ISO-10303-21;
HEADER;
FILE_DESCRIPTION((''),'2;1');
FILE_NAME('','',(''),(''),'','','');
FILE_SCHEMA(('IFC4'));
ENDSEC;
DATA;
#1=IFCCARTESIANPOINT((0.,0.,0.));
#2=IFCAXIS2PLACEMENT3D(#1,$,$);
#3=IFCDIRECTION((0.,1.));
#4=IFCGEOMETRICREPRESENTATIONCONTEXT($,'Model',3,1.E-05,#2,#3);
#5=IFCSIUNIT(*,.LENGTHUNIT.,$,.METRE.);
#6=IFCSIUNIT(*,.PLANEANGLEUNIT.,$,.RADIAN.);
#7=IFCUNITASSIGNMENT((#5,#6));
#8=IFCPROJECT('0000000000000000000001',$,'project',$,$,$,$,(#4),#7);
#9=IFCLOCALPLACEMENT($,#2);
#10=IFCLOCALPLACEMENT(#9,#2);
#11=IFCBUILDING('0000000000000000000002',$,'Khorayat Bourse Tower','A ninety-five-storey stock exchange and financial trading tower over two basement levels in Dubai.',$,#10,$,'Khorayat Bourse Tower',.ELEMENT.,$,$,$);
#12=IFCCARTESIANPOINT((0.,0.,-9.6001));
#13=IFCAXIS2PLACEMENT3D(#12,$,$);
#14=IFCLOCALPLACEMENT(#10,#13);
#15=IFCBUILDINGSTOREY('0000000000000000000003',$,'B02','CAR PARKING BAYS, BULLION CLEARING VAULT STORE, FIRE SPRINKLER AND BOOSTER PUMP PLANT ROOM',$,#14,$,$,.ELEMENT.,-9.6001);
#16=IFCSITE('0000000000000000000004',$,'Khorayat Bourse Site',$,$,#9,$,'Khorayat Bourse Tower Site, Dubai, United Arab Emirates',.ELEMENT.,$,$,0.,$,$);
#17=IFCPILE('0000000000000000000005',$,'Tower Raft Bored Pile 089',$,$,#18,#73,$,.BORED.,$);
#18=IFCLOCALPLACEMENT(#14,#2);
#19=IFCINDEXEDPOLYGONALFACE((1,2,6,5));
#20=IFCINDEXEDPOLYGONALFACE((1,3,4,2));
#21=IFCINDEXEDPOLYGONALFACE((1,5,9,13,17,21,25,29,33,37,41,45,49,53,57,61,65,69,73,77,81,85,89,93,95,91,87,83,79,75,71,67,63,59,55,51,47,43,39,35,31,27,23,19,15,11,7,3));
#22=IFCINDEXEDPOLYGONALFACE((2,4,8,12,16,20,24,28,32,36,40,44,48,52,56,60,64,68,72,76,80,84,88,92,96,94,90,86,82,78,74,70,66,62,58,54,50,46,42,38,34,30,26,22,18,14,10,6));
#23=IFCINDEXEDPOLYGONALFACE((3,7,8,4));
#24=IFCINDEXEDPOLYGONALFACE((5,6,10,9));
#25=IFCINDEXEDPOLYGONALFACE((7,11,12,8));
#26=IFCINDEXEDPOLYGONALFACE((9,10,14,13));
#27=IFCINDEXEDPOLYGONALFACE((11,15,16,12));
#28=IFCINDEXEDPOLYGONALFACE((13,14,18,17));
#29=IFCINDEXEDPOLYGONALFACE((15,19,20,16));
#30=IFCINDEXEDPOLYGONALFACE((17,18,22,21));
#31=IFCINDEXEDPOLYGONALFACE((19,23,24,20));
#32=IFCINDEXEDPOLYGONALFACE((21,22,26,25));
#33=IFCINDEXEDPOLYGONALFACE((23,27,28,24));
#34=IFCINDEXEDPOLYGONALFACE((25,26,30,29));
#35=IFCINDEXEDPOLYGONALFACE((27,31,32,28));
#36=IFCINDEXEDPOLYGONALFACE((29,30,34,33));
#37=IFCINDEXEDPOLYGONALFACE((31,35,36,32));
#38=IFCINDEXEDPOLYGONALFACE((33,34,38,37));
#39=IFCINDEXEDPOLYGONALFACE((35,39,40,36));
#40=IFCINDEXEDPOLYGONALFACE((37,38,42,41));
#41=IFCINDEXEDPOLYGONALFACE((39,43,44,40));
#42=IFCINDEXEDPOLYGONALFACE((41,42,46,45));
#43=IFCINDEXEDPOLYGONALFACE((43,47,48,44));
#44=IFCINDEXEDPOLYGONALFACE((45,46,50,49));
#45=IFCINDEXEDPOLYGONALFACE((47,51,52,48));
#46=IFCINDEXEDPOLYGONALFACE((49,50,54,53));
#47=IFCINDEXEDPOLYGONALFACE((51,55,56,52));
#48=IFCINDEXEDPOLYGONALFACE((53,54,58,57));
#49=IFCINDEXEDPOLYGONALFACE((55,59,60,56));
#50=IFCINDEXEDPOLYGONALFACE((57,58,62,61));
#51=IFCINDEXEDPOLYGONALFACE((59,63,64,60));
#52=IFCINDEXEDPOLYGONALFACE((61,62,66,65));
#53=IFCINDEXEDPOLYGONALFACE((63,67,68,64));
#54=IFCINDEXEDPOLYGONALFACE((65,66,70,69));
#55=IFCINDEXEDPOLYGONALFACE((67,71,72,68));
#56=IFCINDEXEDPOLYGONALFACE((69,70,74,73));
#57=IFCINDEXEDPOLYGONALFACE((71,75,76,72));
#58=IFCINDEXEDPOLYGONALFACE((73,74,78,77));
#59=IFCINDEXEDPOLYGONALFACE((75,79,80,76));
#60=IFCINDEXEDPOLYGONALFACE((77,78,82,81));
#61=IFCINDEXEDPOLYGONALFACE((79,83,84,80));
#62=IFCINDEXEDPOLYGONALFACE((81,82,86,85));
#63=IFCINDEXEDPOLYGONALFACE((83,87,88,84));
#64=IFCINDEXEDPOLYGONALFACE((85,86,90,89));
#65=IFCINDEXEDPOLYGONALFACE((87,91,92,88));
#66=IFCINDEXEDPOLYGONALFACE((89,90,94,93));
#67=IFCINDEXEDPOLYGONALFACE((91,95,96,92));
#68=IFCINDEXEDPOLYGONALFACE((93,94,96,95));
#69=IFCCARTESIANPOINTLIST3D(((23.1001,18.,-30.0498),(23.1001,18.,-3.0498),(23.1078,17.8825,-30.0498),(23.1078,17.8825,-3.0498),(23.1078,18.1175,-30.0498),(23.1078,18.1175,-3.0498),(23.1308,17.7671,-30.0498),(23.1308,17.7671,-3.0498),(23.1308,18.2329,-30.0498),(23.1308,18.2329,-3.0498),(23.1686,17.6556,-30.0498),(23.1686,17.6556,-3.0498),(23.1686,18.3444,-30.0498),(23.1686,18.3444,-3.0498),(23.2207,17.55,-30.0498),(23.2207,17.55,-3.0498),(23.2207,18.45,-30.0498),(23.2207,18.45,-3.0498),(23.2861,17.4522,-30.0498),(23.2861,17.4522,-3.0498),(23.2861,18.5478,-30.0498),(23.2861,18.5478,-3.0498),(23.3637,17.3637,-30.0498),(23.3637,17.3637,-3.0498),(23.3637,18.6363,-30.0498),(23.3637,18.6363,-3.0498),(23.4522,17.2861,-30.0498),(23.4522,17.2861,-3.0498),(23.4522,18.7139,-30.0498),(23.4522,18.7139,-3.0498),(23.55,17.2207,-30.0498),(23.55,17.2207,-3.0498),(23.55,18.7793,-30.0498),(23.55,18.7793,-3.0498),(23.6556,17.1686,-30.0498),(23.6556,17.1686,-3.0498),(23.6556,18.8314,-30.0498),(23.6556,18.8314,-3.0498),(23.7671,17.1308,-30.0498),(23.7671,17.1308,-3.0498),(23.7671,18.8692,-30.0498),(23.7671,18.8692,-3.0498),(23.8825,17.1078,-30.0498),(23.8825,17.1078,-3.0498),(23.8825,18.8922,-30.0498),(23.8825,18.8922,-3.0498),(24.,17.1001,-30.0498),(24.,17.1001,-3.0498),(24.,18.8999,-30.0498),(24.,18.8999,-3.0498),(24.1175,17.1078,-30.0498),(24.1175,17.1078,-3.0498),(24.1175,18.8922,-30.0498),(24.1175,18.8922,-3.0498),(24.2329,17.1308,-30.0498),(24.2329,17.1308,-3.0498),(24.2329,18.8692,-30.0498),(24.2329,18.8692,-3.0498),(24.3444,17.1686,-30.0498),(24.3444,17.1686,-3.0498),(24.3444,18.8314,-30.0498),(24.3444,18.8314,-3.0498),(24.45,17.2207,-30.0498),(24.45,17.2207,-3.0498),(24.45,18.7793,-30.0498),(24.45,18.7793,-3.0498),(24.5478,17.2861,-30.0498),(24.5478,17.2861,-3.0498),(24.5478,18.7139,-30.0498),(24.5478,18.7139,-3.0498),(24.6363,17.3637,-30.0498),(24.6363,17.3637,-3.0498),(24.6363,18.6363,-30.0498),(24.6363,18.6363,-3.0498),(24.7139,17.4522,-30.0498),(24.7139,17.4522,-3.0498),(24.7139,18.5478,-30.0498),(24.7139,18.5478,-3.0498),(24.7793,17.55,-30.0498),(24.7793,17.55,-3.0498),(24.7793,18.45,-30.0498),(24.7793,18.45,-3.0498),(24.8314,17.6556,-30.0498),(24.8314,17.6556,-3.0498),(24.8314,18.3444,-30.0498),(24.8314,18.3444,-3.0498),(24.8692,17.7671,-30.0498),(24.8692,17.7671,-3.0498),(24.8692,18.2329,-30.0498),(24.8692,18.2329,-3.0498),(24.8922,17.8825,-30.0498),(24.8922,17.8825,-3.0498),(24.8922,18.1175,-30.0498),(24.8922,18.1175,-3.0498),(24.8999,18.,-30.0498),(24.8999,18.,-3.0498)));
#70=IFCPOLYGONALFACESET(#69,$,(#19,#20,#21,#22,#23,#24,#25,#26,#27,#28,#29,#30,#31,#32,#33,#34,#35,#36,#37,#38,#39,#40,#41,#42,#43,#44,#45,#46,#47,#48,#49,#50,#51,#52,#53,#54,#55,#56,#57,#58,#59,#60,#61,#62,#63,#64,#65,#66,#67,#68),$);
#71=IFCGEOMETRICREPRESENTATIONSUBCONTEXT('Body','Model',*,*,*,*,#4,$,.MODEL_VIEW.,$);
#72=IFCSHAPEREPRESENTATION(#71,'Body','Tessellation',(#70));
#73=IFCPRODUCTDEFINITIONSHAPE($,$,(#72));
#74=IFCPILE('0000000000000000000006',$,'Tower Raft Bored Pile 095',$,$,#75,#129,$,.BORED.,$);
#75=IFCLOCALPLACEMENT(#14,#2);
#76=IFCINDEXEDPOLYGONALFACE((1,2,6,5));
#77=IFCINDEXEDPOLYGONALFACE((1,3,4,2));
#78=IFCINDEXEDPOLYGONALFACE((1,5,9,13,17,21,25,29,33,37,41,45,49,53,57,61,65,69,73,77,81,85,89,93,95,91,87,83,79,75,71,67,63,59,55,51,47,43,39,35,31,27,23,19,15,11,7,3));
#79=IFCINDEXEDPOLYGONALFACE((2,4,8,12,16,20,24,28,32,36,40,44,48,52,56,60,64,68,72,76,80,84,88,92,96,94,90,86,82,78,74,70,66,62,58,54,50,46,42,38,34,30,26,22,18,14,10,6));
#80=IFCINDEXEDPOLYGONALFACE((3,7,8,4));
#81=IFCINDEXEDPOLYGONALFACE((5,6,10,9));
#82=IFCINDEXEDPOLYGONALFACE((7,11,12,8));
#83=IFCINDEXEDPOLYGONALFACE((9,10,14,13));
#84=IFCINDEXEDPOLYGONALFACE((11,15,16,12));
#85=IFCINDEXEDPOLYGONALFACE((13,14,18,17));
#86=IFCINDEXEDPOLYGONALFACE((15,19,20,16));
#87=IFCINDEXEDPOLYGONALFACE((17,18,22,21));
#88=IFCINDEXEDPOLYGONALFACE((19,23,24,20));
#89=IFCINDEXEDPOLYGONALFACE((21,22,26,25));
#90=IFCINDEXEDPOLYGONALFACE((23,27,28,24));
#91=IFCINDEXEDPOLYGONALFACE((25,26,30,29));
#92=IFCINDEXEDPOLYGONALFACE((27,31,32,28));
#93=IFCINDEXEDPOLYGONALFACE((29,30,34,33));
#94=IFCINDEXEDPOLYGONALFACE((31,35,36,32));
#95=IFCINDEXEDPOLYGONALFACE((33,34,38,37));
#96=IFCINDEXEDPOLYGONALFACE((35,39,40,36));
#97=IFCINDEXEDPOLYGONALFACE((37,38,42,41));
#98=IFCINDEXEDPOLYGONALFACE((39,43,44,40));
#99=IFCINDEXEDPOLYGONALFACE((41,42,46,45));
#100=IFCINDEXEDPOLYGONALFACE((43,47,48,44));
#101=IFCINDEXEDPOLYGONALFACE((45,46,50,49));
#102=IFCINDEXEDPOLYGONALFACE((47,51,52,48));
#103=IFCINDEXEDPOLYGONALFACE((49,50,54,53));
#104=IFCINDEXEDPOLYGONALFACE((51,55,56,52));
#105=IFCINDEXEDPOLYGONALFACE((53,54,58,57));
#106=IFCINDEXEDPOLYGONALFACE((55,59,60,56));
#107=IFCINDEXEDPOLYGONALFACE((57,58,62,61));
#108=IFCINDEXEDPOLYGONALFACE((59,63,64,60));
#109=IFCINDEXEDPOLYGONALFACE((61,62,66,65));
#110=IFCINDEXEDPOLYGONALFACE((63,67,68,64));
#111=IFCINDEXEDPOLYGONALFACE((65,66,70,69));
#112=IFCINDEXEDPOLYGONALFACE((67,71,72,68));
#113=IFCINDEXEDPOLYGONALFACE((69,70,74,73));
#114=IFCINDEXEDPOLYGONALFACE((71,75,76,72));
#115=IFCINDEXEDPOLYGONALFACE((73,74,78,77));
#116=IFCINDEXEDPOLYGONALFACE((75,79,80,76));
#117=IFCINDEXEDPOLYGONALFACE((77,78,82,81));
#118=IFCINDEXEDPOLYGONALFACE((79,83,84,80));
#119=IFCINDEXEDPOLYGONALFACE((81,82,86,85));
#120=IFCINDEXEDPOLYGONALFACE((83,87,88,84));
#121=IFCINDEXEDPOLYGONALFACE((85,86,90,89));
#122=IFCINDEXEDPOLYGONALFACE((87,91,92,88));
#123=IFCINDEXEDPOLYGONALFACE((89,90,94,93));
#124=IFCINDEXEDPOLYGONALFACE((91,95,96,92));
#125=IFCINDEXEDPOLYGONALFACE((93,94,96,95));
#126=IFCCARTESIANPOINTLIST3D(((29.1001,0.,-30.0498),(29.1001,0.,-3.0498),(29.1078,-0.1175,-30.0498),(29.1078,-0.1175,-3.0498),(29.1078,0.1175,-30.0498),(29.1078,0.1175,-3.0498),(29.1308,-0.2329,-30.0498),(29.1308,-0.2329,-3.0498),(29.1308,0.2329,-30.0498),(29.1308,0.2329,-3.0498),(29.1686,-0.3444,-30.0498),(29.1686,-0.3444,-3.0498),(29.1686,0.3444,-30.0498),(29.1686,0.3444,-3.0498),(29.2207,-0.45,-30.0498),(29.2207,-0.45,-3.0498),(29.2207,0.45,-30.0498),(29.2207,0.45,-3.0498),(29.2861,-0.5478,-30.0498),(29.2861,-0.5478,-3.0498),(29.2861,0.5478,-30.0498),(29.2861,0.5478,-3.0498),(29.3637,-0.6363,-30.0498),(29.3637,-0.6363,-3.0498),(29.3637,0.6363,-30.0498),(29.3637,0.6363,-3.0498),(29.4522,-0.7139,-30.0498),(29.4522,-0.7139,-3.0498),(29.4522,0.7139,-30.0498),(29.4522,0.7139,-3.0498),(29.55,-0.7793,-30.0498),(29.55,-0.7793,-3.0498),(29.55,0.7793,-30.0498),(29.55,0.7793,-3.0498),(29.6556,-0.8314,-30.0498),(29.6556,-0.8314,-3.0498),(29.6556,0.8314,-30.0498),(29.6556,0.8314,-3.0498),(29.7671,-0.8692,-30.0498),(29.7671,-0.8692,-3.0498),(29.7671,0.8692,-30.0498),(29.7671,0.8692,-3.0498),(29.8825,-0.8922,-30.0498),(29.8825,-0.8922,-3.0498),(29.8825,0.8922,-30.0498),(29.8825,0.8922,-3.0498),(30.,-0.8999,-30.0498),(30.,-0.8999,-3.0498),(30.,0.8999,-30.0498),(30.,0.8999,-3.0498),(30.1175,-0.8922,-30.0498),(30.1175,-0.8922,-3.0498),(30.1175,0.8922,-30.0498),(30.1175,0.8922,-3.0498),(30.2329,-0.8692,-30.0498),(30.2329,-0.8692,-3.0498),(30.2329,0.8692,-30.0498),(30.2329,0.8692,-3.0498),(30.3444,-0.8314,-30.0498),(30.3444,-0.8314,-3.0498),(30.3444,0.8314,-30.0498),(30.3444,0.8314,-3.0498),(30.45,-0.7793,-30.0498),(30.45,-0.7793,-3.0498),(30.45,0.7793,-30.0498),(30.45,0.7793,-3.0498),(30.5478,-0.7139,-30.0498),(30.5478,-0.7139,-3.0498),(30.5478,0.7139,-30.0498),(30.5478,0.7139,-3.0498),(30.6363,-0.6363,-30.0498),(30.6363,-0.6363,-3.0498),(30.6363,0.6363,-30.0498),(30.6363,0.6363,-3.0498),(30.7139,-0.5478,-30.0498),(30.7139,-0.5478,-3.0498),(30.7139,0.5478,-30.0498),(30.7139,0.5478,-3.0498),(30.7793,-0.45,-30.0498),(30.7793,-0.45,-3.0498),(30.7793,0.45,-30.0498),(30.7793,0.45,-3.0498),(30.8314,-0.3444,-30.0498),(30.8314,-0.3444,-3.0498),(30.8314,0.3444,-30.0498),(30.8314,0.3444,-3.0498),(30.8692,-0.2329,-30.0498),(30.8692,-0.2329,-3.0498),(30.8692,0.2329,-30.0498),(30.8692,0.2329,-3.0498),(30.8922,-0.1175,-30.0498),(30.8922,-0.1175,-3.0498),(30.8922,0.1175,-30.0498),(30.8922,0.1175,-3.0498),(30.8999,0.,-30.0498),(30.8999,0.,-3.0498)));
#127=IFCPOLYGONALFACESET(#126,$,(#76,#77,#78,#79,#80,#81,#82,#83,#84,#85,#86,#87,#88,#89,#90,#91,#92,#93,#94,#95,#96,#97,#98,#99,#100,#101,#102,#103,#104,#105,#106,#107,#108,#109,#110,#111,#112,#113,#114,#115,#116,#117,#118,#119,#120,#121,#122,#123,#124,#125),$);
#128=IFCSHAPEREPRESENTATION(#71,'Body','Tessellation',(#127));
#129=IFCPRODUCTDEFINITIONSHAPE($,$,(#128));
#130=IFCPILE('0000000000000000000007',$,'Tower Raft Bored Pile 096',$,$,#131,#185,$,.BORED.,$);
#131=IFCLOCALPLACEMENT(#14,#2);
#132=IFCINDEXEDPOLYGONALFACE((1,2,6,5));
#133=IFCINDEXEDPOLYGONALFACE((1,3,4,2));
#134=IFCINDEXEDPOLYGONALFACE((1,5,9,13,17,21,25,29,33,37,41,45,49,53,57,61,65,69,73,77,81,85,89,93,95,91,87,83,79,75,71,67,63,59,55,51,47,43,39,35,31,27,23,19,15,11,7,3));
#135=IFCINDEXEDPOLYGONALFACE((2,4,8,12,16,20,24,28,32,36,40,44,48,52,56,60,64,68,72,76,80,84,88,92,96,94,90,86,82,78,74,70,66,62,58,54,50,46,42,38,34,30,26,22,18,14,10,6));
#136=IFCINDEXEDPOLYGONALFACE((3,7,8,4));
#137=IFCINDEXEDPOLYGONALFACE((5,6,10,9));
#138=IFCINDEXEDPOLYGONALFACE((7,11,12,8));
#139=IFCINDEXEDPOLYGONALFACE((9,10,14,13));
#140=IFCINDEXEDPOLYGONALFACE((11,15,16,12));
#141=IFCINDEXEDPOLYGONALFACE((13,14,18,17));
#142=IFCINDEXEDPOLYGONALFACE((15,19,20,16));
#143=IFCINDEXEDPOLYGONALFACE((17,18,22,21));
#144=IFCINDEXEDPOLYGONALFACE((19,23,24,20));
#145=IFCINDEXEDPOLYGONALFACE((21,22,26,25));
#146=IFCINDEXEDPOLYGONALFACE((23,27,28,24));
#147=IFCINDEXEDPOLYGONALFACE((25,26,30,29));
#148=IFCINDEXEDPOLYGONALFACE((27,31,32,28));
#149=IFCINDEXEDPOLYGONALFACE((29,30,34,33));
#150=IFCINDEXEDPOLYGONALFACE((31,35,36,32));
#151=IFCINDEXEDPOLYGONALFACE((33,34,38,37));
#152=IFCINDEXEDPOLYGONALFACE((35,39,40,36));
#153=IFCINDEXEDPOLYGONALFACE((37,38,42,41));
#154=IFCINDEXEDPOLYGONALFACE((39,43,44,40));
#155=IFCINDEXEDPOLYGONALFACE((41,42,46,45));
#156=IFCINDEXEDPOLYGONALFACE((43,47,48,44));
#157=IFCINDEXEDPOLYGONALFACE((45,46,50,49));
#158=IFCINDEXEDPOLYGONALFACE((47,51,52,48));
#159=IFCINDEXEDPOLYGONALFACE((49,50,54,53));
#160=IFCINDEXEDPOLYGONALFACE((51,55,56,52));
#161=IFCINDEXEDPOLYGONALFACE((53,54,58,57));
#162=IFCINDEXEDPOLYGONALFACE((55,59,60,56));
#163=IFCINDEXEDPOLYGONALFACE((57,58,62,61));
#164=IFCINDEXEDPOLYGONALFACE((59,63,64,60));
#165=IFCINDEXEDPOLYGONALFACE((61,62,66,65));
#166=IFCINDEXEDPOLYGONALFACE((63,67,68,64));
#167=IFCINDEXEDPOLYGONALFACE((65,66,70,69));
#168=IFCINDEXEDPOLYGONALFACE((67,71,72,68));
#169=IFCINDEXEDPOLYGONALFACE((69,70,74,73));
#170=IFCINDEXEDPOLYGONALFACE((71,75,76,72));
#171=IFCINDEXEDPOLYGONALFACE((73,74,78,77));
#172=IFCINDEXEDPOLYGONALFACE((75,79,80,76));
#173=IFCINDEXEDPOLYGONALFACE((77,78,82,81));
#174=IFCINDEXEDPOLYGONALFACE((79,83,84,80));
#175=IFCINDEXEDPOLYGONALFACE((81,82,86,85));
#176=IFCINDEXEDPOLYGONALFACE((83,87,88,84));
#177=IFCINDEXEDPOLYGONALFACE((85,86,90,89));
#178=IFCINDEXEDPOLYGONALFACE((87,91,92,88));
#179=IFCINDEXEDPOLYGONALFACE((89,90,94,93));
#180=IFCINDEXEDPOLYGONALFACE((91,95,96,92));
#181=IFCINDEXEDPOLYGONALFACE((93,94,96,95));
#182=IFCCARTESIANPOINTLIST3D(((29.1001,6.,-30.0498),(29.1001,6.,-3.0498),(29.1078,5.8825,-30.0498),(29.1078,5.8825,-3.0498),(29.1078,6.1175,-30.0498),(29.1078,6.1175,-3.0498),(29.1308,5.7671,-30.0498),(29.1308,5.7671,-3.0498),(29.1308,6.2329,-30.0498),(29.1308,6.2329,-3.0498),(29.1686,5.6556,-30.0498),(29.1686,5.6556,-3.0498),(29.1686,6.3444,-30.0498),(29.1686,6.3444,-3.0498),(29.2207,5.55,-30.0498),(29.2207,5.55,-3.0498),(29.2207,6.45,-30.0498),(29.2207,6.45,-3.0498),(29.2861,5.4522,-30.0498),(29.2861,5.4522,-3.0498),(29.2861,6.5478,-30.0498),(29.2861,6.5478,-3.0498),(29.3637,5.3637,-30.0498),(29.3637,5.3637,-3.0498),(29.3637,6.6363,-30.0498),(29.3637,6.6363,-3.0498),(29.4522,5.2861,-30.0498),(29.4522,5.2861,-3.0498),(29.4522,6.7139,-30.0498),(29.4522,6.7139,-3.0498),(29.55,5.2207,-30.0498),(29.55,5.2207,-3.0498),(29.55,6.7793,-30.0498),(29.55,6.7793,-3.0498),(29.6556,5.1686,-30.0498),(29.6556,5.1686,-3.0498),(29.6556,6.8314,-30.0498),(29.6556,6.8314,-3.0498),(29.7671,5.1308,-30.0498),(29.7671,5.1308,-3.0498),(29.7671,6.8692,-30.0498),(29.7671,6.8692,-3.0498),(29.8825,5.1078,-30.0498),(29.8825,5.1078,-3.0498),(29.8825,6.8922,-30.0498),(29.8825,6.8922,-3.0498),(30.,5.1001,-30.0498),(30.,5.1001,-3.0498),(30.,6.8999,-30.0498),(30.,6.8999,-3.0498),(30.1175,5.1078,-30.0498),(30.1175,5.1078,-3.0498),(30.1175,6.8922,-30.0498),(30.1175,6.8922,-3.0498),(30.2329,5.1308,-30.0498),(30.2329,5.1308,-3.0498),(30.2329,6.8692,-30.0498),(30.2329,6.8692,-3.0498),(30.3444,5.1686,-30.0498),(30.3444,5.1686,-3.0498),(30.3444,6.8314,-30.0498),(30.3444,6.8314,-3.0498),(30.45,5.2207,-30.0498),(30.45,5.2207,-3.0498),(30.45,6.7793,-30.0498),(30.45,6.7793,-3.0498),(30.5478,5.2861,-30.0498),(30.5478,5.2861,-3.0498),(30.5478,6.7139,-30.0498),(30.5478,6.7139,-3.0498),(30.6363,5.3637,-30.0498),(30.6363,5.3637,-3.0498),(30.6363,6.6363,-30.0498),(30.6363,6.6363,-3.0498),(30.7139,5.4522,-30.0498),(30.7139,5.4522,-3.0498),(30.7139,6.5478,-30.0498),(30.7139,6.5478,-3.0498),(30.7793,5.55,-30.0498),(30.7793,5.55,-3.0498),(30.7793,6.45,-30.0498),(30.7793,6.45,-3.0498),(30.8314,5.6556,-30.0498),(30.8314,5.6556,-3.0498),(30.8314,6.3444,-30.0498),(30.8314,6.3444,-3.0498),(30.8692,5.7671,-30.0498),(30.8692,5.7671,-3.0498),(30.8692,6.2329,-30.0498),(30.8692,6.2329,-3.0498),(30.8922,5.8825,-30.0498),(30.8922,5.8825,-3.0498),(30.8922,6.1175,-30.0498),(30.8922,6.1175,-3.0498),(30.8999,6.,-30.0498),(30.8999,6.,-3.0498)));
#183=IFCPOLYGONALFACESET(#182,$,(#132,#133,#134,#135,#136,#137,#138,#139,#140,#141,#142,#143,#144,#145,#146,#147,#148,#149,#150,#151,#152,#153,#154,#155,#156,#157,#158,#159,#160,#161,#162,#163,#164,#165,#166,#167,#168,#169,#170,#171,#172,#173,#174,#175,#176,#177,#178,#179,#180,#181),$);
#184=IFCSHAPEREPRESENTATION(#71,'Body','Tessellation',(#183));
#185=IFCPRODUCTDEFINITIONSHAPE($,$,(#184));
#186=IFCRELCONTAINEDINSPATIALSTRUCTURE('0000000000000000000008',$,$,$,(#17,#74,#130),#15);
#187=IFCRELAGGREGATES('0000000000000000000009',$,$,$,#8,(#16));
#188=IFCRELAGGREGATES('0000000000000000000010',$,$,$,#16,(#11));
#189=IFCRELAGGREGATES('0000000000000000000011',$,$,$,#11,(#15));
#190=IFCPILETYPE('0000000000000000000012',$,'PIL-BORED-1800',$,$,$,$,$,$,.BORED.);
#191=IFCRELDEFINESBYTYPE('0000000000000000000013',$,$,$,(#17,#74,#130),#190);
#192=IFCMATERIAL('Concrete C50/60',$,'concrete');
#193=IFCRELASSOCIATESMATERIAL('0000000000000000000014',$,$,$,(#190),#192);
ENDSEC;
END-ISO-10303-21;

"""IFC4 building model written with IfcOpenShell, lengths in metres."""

from ifc_helpers import new_model, si_unit, direction, frame, origin, origin_2d, place, context, subcontext, project, spatial, circle, extrude, source, transform, mapped, material, material_profile, profile_set, type_object, element, save


model = new_model("IFC4")

# Units and contexts
model_context = context("Model", 3, precision=1e-05, world=origin(), true_north=direction((0.0, 1.0)))
body_context = subcontext(model_context, "Body", "Model", "MODEL_VIEW")
ifc_project = project(units=[si_unit("LENGTHUNIT", "METRE"), si_unit("PLANEANGLEUNIT", "RADIAN")], contexts=[model_context])

# Site, building, storey
site_placement = place(None, origin())
site = spatial("IfcSite", under=ifc_project, at=site_placement, Name="Khorayat Bourse Site", LongName="Khorayat Bourse Tower Site, Dubai, United Arab Emirates", CompositionType="ELEMENT", RefElevation=0.0)
building_placement = place(site_placement, origin())
building = spatial("IfcBuilding", under=site, at=building_placement, Name="Khorayat Bourse Tower", Description="A ninety-five-storey stock exchange and financial trading tower over two basement levels in Dubai.", LongName="Khorayat Bourse Tower", CompositionType="ELEMENT")
storey_placement = place(building_placement, frame((0.0, 0.0, -9.6001)))
storey = spatial("IfcBuildingStorey", under=building, at=storey_placement, Name="B02", Description="CAR PARKING BAYS, BULLION CLEARING VAULT STORE, FIRE SPRINKLER AND BOOSTER PUMP PLANT ROOM", CompositionType="ELEMENT", Elevation=-9.6001)

# Piles
ifc_material_1 = material(Name="Concrete C50/60", Category="concrete")
ifc_material_profile_1 = material_profile(ifc_material_1, circle(Radius=0.8999, at=origin_2d()), Name="BORED PILE D1800")
ifc_profile_set_1 = profile_set([ifc_material_profile_1], Name="Concrete C50/60")
pile_type_1 = type_object("IfcPileType", Name="PIL-BORED-1800", PredefinedType="BORED", material=ifc_profile_set_1)
shared_shape_1 = source(origin(), body_context, "Body", "SweptSolid", [
    extrude(circle(Radius=0.8999, at=origin_2d()), origin(), (0.0, 0.0, 1.0), 27.0),
])
for number, where, z_axis, x_axis, name in (
    (1, (24.0, 18.0, -3.0498), (0.0, 0.0, -1.0), (1.0, 0.0, 0.0), "Tower Raft Bored Pile 089"),
    (2, (30.0, 0.0, -3.0498), (0.0, 0.0, -1.0), (1.0, 0.0, 0.0), "Tower Raft Bored Pile 095"),
    (3, (30.0, 6.0, -3.0498), (0.0, 0.0, -1.0), (1.0, 0.0, 0.0), "Tower Raft Bored Pile 096"),
):
    element("IfcPile", number, at=place(storey_placement, frame(where, z_axis=z_axis, x_axis=x_axis)), inside=storey, type_object=pile_type_1, Name=name, PredefinedType="BORED", context=body_context, shape_type="MappedRepresentation", body=[
        mapped(shared_shape_1, transform((0.0, 0.0, 0.0), scale=1.0)),
    ])

save(model, "model.ifc")
